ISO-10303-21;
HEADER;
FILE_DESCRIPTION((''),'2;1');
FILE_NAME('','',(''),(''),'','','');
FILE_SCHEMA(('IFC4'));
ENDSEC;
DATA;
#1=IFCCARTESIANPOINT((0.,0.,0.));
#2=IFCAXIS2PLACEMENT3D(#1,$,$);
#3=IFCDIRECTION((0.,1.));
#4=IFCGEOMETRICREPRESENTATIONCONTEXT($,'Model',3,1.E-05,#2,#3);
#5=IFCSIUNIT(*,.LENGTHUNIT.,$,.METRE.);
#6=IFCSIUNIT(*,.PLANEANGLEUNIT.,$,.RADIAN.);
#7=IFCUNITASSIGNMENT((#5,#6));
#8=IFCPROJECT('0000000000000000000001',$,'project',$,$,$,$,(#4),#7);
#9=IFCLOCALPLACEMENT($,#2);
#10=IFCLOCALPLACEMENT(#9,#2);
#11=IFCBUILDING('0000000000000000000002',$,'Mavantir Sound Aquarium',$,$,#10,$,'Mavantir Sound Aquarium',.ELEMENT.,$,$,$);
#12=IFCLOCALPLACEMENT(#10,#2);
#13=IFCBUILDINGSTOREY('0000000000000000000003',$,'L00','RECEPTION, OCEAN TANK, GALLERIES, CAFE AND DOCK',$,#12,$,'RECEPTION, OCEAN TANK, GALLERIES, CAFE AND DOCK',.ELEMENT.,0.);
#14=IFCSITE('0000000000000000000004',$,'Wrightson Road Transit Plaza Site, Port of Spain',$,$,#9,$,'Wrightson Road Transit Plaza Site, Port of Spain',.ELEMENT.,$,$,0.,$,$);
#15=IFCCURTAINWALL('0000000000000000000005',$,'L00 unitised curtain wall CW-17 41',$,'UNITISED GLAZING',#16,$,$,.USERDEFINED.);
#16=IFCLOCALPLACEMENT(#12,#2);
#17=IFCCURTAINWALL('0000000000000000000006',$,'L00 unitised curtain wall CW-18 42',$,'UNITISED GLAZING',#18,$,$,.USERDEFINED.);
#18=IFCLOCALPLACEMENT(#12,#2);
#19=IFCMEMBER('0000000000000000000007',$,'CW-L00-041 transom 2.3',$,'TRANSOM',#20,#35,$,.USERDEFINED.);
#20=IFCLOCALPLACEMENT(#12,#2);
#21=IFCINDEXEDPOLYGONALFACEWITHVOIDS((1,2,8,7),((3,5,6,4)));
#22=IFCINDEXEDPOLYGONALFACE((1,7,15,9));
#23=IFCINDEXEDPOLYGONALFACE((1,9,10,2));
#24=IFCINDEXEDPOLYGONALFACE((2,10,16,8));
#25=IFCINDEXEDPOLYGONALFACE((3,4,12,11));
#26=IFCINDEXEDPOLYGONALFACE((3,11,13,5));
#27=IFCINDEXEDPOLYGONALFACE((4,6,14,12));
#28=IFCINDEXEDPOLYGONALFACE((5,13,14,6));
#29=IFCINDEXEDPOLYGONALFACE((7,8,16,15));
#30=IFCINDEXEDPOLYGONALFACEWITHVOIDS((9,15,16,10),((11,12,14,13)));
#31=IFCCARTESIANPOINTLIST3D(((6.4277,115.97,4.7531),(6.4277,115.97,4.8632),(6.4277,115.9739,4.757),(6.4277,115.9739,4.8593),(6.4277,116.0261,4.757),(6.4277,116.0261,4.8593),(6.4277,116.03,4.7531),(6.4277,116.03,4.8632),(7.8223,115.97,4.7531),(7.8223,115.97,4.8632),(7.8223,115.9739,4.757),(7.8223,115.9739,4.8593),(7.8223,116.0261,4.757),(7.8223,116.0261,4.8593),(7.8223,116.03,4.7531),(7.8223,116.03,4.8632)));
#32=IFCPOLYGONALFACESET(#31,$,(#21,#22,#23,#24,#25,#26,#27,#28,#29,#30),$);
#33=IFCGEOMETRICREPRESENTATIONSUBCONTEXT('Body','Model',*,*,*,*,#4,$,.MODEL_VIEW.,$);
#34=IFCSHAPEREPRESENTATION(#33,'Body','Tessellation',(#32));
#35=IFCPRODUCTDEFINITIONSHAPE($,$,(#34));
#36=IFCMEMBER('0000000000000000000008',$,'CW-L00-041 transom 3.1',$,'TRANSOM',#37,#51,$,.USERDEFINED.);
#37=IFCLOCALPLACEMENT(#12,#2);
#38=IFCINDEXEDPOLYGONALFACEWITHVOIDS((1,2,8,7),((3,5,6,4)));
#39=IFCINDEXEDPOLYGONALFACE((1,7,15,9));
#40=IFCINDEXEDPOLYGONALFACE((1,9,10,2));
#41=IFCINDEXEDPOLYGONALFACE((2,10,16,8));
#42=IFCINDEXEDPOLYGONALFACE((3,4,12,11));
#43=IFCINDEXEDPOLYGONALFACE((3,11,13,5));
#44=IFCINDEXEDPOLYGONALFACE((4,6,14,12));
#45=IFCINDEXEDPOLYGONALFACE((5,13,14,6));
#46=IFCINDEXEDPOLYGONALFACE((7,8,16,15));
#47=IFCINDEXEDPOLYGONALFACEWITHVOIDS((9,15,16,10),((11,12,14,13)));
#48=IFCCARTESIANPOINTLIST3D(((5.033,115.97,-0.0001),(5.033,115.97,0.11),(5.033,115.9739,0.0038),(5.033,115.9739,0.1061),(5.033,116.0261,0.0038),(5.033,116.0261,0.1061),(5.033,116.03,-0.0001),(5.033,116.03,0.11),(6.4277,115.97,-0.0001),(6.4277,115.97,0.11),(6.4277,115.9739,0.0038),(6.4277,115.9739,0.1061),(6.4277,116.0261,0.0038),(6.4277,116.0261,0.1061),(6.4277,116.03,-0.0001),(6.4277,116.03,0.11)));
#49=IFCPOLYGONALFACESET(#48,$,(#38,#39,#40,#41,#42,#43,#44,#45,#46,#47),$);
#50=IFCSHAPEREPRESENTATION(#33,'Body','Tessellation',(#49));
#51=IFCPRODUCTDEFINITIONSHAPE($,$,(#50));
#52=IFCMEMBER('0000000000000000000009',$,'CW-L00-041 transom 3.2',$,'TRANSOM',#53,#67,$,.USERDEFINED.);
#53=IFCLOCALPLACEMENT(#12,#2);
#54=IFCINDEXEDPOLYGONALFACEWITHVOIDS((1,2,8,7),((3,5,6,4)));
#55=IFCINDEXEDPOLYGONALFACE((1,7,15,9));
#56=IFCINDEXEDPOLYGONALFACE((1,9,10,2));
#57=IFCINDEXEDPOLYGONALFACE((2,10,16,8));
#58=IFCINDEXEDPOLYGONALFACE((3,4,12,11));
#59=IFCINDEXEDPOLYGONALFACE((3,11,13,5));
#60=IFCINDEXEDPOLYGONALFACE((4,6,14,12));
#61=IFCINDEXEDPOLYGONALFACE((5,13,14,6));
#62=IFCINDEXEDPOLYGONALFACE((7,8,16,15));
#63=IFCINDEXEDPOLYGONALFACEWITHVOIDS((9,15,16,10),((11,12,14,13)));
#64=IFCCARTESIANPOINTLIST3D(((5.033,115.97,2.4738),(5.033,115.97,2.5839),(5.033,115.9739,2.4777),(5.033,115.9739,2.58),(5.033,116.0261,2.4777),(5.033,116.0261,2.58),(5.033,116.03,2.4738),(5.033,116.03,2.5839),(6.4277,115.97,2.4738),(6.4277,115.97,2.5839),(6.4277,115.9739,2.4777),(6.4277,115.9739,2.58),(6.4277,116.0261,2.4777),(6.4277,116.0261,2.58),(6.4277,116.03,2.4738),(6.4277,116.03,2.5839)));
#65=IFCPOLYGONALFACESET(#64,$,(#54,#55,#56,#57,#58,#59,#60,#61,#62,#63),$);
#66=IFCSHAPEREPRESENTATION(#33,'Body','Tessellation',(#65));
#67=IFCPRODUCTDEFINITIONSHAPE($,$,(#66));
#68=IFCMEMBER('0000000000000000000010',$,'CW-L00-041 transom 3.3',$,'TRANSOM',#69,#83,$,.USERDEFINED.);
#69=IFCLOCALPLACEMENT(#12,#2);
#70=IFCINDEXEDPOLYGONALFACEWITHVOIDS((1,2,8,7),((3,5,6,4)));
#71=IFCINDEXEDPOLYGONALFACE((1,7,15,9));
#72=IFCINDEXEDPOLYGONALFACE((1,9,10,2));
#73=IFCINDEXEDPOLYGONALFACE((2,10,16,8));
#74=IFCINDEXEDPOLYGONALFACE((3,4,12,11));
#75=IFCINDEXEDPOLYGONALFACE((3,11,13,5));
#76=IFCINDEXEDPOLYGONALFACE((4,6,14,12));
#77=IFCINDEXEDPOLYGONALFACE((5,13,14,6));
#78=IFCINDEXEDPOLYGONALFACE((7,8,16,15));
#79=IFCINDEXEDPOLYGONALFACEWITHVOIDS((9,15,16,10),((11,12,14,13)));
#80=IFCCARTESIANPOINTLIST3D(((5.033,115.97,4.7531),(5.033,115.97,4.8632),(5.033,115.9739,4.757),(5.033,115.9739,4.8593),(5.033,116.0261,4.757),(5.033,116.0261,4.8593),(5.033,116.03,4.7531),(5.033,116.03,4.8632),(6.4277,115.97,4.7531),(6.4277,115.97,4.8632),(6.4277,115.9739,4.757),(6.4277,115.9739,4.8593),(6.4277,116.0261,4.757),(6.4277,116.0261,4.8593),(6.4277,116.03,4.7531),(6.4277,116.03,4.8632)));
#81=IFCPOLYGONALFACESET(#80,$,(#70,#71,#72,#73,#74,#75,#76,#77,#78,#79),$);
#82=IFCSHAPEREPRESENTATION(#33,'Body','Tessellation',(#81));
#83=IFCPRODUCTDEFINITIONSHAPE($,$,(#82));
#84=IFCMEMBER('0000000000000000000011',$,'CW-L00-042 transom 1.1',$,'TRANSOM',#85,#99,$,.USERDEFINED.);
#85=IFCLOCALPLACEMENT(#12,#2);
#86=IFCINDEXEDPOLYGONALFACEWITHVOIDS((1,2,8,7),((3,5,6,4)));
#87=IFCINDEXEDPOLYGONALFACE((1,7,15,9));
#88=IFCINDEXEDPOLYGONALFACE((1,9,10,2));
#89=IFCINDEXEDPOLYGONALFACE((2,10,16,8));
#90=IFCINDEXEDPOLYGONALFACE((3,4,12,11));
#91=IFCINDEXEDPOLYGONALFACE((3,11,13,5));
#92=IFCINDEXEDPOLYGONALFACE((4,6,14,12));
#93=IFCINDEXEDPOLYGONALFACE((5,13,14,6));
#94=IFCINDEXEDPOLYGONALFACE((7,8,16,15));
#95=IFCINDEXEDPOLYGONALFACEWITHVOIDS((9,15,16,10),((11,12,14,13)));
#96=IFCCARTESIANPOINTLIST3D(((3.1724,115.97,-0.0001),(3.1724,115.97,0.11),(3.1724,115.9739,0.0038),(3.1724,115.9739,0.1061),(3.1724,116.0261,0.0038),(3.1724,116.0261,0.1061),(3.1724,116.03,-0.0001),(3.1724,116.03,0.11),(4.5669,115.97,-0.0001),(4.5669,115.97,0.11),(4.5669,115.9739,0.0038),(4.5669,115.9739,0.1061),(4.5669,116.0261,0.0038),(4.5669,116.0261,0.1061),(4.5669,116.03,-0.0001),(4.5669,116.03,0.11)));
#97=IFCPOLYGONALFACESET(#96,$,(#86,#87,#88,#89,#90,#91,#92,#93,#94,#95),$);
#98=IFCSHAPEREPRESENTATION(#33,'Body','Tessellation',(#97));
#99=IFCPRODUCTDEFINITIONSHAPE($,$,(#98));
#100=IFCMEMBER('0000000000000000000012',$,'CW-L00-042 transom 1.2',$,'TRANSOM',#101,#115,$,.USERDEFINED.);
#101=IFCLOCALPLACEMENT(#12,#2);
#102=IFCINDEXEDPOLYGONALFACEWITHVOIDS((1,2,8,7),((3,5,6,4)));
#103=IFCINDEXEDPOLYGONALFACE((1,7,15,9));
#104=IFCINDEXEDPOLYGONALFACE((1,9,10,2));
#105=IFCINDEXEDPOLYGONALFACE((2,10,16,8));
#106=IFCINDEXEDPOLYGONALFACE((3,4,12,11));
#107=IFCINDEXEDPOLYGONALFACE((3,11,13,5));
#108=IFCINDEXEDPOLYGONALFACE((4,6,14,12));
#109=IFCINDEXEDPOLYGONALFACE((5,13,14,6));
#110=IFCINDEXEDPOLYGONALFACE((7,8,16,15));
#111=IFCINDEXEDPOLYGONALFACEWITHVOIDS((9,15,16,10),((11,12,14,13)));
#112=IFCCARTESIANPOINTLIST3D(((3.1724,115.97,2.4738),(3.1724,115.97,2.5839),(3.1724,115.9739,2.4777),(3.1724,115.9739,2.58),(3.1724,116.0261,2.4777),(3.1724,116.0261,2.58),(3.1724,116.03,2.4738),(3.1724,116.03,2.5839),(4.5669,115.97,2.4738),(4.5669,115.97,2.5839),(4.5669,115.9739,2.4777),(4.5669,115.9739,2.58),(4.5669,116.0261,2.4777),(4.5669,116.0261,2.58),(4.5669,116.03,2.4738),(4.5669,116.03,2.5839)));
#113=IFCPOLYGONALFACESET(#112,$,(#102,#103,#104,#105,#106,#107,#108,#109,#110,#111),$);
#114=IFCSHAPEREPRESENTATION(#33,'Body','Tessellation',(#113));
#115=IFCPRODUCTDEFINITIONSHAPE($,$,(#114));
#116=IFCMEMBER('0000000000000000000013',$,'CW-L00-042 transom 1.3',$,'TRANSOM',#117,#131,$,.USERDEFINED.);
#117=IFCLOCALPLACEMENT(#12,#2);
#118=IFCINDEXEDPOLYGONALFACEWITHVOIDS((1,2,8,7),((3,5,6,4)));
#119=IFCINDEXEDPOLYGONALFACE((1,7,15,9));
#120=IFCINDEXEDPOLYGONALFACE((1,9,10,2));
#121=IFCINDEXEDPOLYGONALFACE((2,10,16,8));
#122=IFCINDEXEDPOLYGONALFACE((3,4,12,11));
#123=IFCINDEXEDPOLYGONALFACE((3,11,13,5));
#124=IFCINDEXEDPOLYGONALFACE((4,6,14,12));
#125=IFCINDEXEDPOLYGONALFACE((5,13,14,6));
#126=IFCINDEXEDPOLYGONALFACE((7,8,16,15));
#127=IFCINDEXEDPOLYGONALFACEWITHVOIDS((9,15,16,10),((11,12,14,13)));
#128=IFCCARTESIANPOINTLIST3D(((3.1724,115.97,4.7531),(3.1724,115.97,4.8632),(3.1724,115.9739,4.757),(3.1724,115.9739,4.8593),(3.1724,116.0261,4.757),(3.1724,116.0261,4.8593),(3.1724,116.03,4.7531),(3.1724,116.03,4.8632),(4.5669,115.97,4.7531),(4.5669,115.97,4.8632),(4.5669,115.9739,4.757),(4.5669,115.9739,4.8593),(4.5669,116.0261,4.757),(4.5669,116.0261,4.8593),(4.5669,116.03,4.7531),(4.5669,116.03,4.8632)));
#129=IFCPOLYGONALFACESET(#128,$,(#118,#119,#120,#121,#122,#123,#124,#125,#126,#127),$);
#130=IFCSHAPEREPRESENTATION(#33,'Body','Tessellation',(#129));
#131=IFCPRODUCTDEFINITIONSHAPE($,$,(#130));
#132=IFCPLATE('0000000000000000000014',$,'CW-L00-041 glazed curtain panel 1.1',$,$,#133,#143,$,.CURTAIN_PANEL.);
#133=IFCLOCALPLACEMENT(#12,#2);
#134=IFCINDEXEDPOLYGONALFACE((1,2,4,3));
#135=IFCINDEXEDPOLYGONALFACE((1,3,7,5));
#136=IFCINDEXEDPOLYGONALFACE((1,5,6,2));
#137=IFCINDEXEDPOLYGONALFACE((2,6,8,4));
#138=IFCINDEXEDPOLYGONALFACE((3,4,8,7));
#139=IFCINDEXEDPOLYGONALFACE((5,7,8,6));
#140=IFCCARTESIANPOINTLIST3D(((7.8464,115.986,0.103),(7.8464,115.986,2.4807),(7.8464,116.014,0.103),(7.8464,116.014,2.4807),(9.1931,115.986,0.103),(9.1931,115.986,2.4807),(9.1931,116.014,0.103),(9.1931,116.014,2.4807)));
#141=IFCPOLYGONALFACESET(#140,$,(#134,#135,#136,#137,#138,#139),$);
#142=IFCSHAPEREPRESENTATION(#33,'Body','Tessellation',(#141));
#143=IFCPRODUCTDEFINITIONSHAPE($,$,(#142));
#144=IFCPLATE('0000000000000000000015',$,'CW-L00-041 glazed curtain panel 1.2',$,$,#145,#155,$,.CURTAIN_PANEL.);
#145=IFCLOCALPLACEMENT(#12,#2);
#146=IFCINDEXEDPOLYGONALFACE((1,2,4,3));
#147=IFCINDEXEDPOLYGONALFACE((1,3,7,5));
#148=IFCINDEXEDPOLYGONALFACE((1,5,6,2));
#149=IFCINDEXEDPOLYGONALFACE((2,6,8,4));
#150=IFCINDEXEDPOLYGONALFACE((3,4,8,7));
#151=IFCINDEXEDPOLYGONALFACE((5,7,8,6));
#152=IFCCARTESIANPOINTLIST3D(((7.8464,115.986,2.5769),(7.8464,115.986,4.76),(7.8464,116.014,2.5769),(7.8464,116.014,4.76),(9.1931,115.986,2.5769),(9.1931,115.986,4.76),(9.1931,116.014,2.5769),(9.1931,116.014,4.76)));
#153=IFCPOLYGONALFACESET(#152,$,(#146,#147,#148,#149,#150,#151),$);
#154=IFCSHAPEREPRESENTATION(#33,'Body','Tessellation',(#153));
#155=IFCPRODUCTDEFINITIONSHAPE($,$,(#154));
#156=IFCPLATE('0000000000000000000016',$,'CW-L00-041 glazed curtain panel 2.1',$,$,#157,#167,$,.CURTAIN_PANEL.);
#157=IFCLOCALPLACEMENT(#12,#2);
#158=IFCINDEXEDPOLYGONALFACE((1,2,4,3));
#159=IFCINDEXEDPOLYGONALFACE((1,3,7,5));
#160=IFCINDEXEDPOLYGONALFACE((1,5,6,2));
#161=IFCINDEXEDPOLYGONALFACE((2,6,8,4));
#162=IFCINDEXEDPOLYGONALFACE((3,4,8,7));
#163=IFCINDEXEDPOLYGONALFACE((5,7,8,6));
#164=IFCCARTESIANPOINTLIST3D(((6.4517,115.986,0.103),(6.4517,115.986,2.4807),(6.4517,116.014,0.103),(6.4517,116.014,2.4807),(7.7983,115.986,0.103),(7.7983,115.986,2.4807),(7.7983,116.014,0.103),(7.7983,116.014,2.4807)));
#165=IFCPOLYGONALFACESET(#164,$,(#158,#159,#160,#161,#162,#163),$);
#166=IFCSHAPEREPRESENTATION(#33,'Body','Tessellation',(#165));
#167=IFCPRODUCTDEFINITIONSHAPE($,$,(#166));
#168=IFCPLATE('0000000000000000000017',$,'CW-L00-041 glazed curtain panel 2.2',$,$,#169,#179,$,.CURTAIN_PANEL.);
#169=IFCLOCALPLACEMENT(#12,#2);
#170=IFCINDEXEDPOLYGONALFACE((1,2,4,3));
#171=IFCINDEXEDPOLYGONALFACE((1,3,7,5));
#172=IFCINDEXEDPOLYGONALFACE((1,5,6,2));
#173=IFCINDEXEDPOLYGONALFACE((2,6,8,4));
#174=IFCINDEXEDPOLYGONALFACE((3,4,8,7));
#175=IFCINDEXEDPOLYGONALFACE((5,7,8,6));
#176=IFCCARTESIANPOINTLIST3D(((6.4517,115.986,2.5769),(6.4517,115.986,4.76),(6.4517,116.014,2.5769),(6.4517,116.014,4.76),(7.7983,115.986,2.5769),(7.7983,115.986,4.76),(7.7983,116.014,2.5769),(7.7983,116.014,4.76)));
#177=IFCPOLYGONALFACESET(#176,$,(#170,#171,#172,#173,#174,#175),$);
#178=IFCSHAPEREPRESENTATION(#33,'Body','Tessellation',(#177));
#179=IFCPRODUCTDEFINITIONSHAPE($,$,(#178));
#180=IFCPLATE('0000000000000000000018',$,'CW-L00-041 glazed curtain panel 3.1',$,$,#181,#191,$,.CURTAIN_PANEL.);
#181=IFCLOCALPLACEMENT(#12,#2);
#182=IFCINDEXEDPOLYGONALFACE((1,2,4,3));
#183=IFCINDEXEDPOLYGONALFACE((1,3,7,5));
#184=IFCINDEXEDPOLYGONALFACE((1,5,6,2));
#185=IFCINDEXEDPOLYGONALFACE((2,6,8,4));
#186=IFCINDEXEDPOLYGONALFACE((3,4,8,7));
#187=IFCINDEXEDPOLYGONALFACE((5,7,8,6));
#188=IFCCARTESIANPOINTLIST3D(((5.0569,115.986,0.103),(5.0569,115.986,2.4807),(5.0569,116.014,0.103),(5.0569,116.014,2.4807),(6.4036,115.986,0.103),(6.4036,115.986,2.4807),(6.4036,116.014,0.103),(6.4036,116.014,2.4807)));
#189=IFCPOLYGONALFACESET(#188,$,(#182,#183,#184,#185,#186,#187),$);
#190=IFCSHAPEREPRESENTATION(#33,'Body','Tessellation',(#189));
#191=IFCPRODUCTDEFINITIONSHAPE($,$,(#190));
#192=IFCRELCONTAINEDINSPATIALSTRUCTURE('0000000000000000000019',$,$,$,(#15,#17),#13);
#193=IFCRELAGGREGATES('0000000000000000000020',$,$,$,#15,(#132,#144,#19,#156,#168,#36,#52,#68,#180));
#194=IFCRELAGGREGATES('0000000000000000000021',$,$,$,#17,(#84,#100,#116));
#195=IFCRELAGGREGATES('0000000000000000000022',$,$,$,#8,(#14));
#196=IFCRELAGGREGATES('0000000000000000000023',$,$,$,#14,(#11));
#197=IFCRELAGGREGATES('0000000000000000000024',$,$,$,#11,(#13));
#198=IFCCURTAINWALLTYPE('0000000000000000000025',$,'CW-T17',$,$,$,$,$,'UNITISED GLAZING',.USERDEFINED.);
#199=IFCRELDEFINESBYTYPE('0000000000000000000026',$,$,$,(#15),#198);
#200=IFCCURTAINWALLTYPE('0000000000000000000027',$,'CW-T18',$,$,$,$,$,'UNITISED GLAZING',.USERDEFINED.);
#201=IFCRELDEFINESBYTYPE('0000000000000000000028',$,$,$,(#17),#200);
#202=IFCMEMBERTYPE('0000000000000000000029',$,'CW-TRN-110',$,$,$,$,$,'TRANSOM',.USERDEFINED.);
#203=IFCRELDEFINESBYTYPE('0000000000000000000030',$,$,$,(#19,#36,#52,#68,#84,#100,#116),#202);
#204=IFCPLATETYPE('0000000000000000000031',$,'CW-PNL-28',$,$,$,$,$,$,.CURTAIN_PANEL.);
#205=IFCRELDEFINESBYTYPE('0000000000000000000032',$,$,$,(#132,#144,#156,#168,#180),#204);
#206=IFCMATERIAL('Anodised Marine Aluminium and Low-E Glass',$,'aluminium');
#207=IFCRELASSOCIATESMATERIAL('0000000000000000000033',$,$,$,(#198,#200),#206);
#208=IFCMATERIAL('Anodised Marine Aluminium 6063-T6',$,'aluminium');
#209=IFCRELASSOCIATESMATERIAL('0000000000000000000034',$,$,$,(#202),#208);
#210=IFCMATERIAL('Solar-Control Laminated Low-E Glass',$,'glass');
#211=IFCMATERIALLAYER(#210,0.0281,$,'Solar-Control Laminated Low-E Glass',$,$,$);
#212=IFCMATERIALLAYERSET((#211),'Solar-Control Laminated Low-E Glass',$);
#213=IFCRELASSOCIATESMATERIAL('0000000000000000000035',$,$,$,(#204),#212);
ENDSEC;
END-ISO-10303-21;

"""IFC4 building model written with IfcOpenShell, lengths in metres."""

from ifc_helpers import new_model, si_unit, direction, frame, origin, origin_2d, place, context, subcontext, project, spatial, rectangle, hollow_rectangle, extrude, material, layer, layer_set, material_profile, profile_set, type_object, element, aggregate, save


model = new_model("IFC4")

# Units and contexts
model_context = context("Model", 3, precision=1e-05, world=origin(), true_north=direction((0.0, 1.0)))
body_context = subcontext(model_context, "Body", "Model", "MODEL_VIEW")
ifc_project = project(units=[si_unit("LENGTHUNIT", "METRE"), si_unit("PLANEANGLEUNIT", "RADIAN")], contexts=[model_context])

# Site, building, storey
site_placement = place(None, origin())
site = spatial("IfcSite", under=ifc_project, at=site_placement, Name="Wrightson Road Transit Plaza Site, Port of Spain", LongName="Wrightson Road Transit Plaza Site, Port of Spain", CompositionType="ELEMENT", RefElevation=0.0)
building_placement = place(site_placement, origin())
building = spatial("IfcBuilding", under=site, at=building_placement, Name="Mavantir Sound Aquarium", LongName="Mavantir Sound Aquarium", CompositionType="ELEMENT")
storey_placement = place(building_placement, origin())
storey = spatial("IfcBuildingStorey", under=building, at=storey_placement, Name="L00", Description="RECEPTION, OCEAN TANK, GALLERIES, CAFE AND DOCK", LongName="RECEPTION, OCEAN TANK, GALLERIES, CAFE AND DOCK", CompositionType="ELEMENT", Elevation=0.0)

# Curtain wall
ifc_material_1 = material(Name="Anodised Marine Aluminium and Low-E Glass", Category="aluminium")
curtain_wall_type_1 = type_object("IfcCurtainWallType", Name="CW-T17", ElementType="UNITISED GLAZING", PredefinedType="USERDEFINED", material=ifc_material_1)
curtain_wall_1_placement = place(storey_placement, origin())
curtain_wall_1 = element("IfcCurtainWall", 1, at=curtain_wall_1_placement, inside=storey, type_object=curtain_wall_type_1, Name="L00 unitised curtain wall CW-17 41", ObjectType="UNITISED GLAZING", PredefinedType="USERDEFINED")
ifc_material_2 = material(Name="Anodised Marine Aluminium 6063-T6", Category="aluminium")

# Curtain wall
curtain_wall_type_2 = type_object("IfcCurtainWallType", Name="CW-T18", ElementType="UNITISED GLAZING", PredefinedType="USERDEFINED", material=ifc_material_1)
curtain_wall_2_placement = place(storey_placement, origin())
curtain_wall_2 = element("IfcCurtainWall", 2, at=curtain_wall_2_placement, inside=storey, type_object=curtain_wall_type_2, Name="L00 unitised curtain wall CW-18 42", ObjectType="UNITISED GLAZING", PredefinedType="USERDEFINED")

# Members
ifc_material_profile_1 = material_profile(ifc_material_2, hollow_rectangle(XDim=0.0601, YDim=0.1101, WallThickness=0.0039, at=origin_2d()), Name="ALU-TRANSOM-110X60")
ifc_profile_set_1 = profile_set([ifc_material_profile_1], Name="Anodised Marine Aluminium 6063-T6")
member_type_1 = type_object("IfcMemberType", Name="CW-TRN-110", ElementType="TRANSOM", PredefinedType="USERDEFINED", material=ifc_profile_set_1)
member_1_placement = place(storey_placement, frame((7.8223, 116.0, 4.8081), z_axis=(-1.0, 0.0, 0.0), x_axis=(0.0, -1.0, 0.0)))
member_1 = element("IfcMember", 3, at=member_1_placement, type_object=member_type_1, Name="CW-L00-041 transom 2.3", ObjectType="TRANSOM", PredefinedType="USERDEFINED", context=body_context, shape_type="SweptSolid", body=[
    extrude(hollow_rectangle(XDim=0.0601, YDim=0.1101, WallThickness=0.0039, at=origin_2d()), origin(), (0.0, 0.0, 1.0), 1.3945),
])
member_2_placement = place(storey_placement, frame((6.4277, 116.0, 0.0549), z_axis=(-1.0, 0.0, 0.0), x_axis=(0.0, -1.0, 0.0)))
member_2 = element("IfcMember", 4, at=member_2_placement, type_object=member_type_1, Name="CW-L00-041 transom 3.1", ObjectType="TRANSOM", PredefinedType="USERDEFINED", context=body_context, shape_type="SweptSolid", body=[
    extrude(hollow_rectangle(XDim=0.0601, YDim=0.1101, WallThickness=0.0039, at=origin_2d()), origin(), (0.0, 0.0, 1.0), 1.3948),
])
member_3_placement = place(storey_placement, frame((6.4277, 116.0, 2.5288), z_axis=(-1.0, 0.0, 0.0), x_axis=(0.0, -1.0, 0.0)))
member_3 = element("IfcMember", 5, at=member_3_placement, type_object=member_type_1, Name="CW-L00-041 transom 3.2", ObjectType="TRANSOM", PredefinedType="USERDEFINED", context=body_context, shape_type="SweptSolid", body=[
    extrude(hollow_rectangle(XDim=0.0601, YDim=0.1101, WallThickness=0.0039, at=origin_2d()), origin(), (0.0, 0.0, 1.0), 1.3948),
])
member_4_placement = place(storey_placement, frame((6.4277, 116.0, 4.8081), z_axis=(-1.0, 0.0, 0.0), x_axis=(0.0, -1.0, 0.0)))
member_4 = element("IfcMember", 6, at=member_4_placement, type_object=member_type_1, Name="CW-L00-041 transom 3.3", ObjectType="TRANSOM", PredefinedType="USERDEFINED", context=body_context, shape_type="SweptSolid", body=[
    extrude(hollow_rectangle(XDim=0.0601, YDim=0.1101, WallThickness=0.0039, at=origin_2d()), origin(), (0.0, 0.0, 1.0), 1.3948),
])
member_5_placement = place(storey_placement, frame((4.5669, 116.0, 0.0549), z_axis=(-1.0, 0.0, 0.0), x_axis=(0.0, -1.0, 0.0)))
member_5 = element("IfcMember", 7, at=member_5_placement, type_object=member_type_1, Name="CW-L00-042 transom 1.1", ObjectType="TRANSOM", PredefinedType="USERDEFINED", context=body_context, shape_type="SweptSolid", body=[
    extrude(hollow_rectangle(XDim=0.0601, YDim=0.1101, WallThickness=0.0039, at=origin_2d()), origin(), (0.0, 0.0, 1.0), 1.3945),
])
member_6_placement = place(storey_placement, frame((4.5669, 116.0, 2.5288), z_axis=(-1.0, 0.0, 0.0), x_axis=(0.0, -1.0, 0.0)))
member_6 = element("IfcMember", 8, at=member_6_placement, type_object=member_type_1, Name="CW-L00-042 transom 1.2", ObjectType="TRANSOM", PredefinedType="USERDEFINED", context=body_context, shape_type="SweptSolid", body=[
    extrude(hollow_rectangle(XDim=0.0601, YDim=0.1101, WallThickness=0.0039, at=origin_2d()), origin(), (0.0, 0.0, 1.0), 1.3945),
])
member_7_placement = place(storey_placement, frame((4.5669, 116.0, 4.8081), z_axis=(-1.0, 0.0, 0.0), x_axis=(0.0, -1.0, 0.0)))
member_7 = element("IfcMember", 9, at=member_7_placement, type_object=member_type_1, Name="CW-L00-042 transom 1.3", ObjectType="TRANSOM", PredefinedType="USERDEFINED", context=body_context, shape_type="SweptSolid", body=[
    extrude(hollow_rectangle(XDim=0.0601, YDim=0.1101, WallThickness=0.0039, at=origin_2d()), origin(), (0.0, 0.0, 1.0), 1.3945),
])

# Plates
ifc_material_3 = material(Name="Solar-Control Laminated Low-E Glass", Category="glass")
ifc_layer_1 = layer(ifc_material_3, 0.0281, Name="Solar-Control Laminated Low-E Glass")
ifc_layer_set_1 = layer_set([ifc_layer_1], Name="Solar-Control Laminated Low-E Glass")
plate_type_1 = type_object("IfcPlateType", Name="CW-PNL-28", PredefinedType="CURTAIN_PANEL", material=ifc_layer_set_1)
plate_1_placement = place(storey_placement, frame((8.5198, 116.0, 0.103), z_axis=(0.0, 0.0, 1.0), x_axis=(-1.0, 0.0, 0.0)))
plate_1 = element("IfcPlate", 10, at=plate_1_placement, type_object=plate_type_1, Name="CW-L00-041 glazed curtain panel 1.1", PredefinedType="CURTAIN_PANEL", context=body_context, shape_type="SweptSolid", body=[
    extrude(rectangle(XDim=1.3467, YDim=0.0281, at=origin_2d()), origin(), (0.0, 0.0, 1.0), 2.3777),
])
plate_2_placement = place(storey_placement, frame((8.5198, 116.0, 2.5769), z_axis=(0.0, 0.0, 1.0), x_axis=(-1.0, 0.0, 0.0)))
plate_2 = element("IfcPlate", 11, at=plate_2_placement, type_object=plate_type_1, Name="CW-L00-041 glazed curtain panel 1.2", PredefinedType="CURTAIN_PANEL", context=body_context, shape_type="SweptSolid", body=[
    extrude(rectangle(XDim=1.3467, YDim=0.0281, at=origin_2d()), origin(), (0.0, 0.0, 1.0), 2.1831),
])
plate_3_placement = place(storey_placement, frame((7.125, 116.0, 0.103), z_axis=(0.0, 0.0, 1.0), x_axis=(-1.0, 0.0, 0.0)))
plate_3 = element("IfcPlate", 12, at=plate_3_placement, type_object=plate_type_1, Name="CW-L00-041 glazed curtain panel 2.1", PredefinedType="CURTAIN_PANEL", context=body_context, shape_type="SweptSolid", body=[
    extrude(rectangle(XDim=1.3467, YDim=0.0281, at=origin_2d()), origin(), (0.0, 0.0, 1.0), 2.3777),
])
plate_4_placement = place(storey_placement, frame((7.125, 116.0, 2.5769), z_axis=(0.0, 0.0, 1.0), x_axis=(-1.0, 0.0, 0.0)))
plate_4 = element("IfcPlate", 13, at=plate_4_placement, type_object=plate_type_1, Name="CW-L00-041 glazed curtain panel 2.2", PredefinedType="CURTAIN_PANEL", context=body_context, shape_type="SweptSolid", body=[
    extrude(rectangle(XDim=1.3467, YDim=0.0281, at=origin_2d()), origin(), (0.0, 0.0, 1.0), 2.1831),
])
plate_5_placement = place(storey_placement, frame((5.7302, 116.0, 0.103), z_axis=(0.0, 0.0, 1.0), x_axis=(-1.0, 0.0, 0.0)))
plate_5 = element("IfcPlate", 14, at=plate_5_placement, type_object=plate_type_1, Name="CW-L00-041 glazed curtain panel 3.1", PredefinedType="CURTAIN_PANEL", context=body_context, shape_type="SweptSolid", body=[
    extrude(rectangle(XDim=1.3467, YDim=0.0281, at=origin_2d()), origin(), (0.0, 0.0, 1.0), 2.3777),
])
aggregate(curtain_wall_1, [plate_1, plate_2, member_1, plate_3, plate_4, member_2, member_3, member_4, plate_5])
aggregate(curtain_wall_2, [member_5, member_6, member_7])

save(model, "model.ifc")
